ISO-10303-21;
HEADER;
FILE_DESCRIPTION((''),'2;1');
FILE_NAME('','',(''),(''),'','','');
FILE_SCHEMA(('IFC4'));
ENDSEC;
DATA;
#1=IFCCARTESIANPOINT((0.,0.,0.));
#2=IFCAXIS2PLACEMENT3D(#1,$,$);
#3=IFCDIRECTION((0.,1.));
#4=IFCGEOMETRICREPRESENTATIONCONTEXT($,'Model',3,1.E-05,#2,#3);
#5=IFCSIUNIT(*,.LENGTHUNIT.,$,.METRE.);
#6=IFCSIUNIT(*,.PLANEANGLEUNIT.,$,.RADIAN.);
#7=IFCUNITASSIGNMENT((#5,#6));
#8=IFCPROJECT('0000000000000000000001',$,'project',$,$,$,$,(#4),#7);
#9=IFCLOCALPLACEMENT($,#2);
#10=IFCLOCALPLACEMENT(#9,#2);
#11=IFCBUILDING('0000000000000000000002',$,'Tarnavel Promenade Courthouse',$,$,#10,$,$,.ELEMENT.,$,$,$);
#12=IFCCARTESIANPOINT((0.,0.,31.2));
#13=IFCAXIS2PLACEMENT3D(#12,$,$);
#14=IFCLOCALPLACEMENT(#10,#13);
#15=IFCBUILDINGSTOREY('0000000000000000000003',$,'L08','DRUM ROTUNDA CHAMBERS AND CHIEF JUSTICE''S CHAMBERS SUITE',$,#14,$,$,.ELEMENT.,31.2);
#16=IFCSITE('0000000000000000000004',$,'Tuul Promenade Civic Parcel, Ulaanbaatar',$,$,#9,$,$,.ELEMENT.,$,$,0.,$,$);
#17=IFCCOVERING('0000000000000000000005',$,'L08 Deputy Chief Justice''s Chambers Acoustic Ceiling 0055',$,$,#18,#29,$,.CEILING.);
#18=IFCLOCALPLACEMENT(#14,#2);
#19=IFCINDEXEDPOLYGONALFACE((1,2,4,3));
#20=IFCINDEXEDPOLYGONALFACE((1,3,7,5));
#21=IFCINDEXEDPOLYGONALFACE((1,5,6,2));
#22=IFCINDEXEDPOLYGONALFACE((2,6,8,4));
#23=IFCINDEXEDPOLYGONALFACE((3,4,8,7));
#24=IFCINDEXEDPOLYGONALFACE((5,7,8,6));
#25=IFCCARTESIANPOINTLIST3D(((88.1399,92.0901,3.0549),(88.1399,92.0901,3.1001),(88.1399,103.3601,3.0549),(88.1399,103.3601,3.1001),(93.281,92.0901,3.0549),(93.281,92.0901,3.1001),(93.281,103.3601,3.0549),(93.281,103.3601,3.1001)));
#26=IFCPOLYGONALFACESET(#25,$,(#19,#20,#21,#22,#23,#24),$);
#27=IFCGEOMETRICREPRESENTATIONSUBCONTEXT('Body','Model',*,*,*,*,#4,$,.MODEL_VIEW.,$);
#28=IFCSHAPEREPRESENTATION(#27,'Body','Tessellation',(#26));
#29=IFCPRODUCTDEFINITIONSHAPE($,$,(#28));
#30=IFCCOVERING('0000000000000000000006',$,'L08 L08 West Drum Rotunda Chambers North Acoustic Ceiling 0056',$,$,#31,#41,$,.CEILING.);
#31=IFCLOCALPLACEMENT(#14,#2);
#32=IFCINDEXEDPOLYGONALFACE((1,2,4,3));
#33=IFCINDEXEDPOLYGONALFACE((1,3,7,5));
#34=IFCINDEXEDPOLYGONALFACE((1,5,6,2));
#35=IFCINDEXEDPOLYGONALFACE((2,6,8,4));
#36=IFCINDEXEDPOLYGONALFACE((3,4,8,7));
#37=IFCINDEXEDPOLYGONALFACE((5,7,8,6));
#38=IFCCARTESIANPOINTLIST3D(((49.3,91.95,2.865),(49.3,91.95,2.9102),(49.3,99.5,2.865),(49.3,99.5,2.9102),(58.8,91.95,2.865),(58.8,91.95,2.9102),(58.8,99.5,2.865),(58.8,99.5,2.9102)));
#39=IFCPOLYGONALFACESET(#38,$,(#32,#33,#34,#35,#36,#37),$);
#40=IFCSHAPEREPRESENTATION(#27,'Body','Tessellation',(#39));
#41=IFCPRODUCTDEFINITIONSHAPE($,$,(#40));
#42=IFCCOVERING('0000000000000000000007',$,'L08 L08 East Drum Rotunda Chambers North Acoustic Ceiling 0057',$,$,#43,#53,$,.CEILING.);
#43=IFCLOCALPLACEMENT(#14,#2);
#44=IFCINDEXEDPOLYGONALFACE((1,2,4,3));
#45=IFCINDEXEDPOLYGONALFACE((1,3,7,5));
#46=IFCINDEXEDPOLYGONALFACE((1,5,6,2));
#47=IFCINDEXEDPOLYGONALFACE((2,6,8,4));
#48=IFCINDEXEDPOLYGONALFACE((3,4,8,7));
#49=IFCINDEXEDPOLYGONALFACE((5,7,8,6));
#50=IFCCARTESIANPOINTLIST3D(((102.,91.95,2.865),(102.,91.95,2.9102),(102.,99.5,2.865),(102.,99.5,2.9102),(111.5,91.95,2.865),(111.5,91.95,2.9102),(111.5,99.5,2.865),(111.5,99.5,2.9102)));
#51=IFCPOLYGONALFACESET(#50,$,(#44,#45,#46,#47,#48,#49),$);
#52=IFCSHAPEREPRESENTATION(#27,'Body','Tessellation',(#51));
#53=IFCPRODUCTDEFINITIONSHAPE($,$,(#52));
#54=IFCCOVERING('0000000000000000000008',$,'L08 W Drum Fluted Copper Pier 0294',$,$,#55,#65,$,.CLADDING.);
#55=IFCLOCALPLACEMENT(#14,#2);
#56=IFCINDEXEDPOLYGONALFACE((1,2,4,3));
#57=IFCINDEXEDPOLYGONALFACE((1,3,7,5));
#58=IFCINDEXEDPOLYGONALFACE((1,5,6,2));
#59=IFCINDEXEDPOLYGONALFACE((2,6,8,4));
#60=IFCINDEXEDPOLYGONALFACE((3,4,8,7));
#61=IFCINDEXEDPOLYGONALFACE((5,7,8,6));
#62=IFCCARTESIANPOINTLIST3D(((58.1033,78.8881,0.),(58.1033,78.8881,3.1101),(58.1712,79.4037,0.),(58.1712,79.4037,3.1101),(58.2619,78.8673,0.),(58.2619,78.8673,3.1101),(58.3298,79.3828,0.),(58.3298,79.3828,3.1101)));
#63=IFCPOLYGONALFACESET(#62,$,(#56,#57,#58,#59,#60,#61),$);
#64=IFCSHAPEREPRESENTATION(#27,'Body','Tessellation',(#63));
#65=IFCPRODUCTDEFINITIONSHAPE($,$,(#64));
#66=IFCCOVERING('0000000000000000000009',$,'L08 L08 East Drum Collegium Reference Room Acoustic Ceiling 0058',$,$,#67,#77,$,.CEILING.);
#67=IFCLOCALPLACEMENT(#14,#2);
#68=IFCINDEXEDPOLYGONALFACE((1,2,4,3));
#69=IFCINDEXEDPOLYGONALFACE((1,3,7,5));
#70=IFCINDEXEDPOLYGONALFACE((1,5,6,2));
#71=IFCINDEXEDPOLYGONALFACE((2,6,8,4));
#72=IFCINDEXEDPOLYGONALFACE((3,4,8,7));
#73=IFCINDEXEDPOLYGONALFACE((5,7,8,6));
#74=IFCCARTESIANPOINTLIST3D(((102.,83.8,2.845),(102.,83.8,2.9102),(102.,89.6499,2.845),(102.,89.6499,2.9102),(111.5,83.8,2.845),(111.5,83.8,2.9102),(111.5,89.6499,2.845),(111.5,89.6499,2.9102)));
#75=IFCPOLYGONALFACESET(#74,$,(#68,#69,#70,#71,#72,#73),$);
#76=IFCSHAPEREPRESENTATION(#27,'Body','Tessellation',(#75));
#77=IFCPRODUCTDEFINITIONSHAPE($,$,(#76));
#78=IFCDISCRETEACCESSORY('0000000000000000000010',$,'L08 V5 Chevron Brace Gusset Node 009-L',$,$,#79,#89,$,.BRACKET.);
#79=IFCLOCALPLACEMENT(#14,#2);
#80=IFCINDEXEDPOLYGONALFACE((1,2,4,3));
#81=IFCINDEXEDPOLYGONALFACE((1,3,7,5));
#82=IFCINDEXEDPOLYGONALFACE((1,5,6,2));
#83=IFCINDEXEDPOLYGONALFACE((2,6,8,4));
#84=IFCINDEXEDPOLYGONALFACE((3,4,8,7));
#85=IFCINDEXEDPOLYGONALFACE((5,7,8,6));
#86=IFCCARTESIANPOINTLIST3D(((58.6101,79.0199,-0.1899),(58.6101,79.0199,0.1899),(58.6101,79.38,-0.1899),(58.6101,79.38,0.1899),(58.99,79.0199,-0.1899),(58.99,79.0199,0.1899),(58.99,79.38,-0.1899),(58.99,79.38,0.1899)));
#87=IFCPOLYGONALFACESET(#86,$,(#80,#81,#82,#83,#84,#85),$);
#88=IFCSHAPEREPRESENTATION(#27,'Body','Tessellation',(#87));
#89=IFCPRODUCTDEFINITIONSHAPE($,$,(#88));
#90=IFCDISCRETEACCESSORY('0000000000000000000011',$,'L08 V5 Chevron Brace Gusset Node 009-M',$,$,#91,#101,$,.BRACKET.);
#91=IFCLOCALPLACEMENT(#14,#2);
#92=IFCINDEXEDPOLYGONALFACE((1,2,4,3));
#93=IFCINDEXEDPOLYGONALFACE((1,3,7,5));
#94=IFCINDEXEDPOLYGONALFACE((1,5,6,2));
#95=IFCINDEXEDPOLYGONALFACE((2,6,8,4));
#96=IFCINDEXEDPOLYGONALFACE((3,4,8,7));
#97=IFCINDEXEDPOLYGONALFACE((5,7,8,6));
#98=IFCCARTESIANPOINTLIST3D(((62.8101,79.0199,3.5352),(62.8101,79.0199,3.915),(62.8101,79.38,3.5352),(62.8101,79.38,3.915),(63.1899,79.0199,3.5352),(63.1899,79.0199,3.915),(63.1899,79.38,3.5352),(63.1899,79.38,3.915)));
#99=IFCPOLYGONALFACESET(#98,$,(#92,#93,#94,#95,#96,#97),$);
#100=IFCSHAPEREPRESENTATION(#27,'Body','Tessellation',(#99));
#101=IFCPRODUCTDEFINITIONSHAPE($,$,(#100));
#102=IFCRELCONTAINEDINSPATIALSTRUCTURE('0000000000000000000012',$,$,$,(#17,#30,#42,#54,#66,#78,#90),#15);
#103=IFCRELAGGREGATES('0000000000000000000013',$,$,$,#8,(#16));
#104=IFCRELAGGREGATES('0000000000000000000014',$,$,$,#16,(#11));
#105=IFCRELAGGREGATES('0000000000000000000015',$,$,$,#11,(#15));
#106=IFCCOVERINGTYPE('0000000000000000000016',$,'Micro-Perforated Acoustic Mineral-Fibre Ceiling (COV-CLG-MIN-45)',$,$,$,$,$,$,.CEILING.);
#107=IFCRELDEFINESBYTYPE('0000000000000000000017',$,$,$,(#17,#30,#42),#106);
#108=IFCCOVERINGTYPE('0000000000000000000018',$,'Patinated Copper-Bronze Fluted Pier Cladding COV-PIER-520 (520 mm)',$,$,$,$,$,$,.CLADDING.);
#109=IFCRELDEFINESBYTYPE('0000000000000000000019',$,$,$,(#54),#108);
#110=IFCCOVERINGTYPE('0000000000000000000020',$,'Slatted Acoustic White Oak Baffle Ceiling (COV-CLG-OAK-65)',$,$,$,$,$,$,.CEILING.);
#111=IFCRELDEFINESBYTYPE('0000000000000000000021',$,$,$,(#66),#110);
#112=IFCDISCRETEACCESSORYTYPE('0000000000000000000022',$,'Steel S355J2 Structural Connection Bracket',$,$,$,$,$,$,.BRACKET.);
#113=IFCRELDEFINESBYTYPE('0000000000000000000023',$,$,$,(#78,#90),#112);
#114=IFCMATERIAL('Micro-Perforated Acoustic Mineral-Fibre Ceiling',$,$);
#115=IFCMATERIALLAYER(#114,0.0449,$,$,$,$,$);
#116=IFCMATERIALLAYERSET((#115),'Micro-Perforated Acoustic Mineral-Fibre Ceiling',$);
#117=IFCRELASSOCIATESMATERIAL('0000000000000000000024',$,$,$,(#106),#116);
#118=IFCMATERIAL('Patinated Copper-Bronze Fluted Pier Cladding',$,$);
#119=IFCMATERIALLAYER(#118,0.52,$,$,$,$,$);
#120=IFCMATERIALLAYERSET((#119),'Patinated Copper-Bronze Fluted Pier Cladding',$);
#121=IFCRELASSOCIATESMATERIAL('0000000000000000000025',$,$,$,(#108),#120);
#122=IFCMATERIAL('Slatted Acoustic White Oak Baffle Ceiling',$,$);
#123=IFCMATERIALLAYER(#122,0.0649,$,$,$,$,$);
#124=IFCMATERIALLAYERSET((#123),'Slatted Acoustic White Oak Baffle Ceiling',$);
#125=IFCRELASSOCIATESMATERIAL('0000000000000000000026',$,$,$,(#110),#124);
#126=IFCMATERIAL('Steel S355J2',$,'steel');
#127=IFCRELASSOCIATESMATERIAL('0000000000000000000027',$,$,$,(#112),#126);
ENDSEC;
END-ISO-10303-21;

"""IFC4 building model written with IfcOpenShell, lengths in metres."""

from ifc_helpers import new_model, si_unit, direction, frame, origin, origin_2d, place, context, subcontext, project, spatial, polyline, rectangle, outline, extrude, material, layer, layer_set, type_object, element, save


model = new_model("IFC4")

# Units and contexts
model_context = context("Model", 3, precision=1e-05, world=origin(), true_north=direction((0.0, 1.0)))
body_context = subcontext(model_context, "Body", "Model", "MODEL_VIEW")
ifc_project = project(units=[si_unit("LENGTHUNIT", "METRE"), si_unit("PLANEANGLEUNIT", "RADIAN")], contexts=[model_context])

# Site, building, storey
site_placement = place(None, origin())
site = spatial("IfcSite", under=ifc_project, at=site_placement, Name="Tuul Promenade Civic Parcel, Ulaanbaatar", CompositionType="ELEMENT", RefElevation=0.0)
building_placement = place(site_placement, origin())
building = spatial("IfcBuilding", under=site, at=building_placement, Name="Tarnavel Promenade Courthouse", CompositionType="ELEMENT")
storey_placement = place(building_placement, frame((0.0, 0.0, 31.2)))
storey = spatial("IfcBuildingStorey", under=building, at=storey_placement, Name="L08", Description="DRUM ROTUNDA CHAMBERS AND CHIEF JUSTICE'S CHAMBERS SUITE", CompositionType="ELEMENT", Elevation=31.2)

# Shared definitions
ifc_material_1 = material(Name="Steel S355J2", Category="steel")

# Coverings
ifc_material_2 = material(Name="Micro-Perforated Acoustic Mineral-Fibre Ceiling")
ifc_layer_1 = layer(ifc_material_2, 0.0449)
ifc_layer_set_1 = layer_set([ifc_layer_1], Name="Micro-Perforated Acoustic Mineral-Fibre Ceiling")
covering_type_1 = type_object("IfcCoveringType", Name="Micro-Perforated Acoustic Mineral-Fibre Ceiling (COV-CLG-MIN-45)", PredefinedType="CEILING", material=ifc_layer_set_1)
covering_1_placement = place(storey_placement, frame((0.0, 0.0, 3.0549)))
element("IfcCovering", 1, at=covering_1_placement, inside=storey, type_object=covering_type_1, Name="L08 Deputy Chief Justice's Chambers Acoustic Ceiling 0055", PredefinedType="CEILING", context=body_context, shape_type="SweptSolid", body=[
    extrude(outline(polyline([(88.1399, 92.0901), (93.281, 92.0901), (93.281, 103.3601), (88.1399, 103.3601), (88.1399, 92.0901)])), origin(), (0.0, 0.0, 1.0), 0.0452),
])
covering_2_placement = place(storey_placement, frame((0.0, 0.0, 2.865)))
element("IfcCovering", 2, at=covering_2_placement, inside=storey, type_object=covering_type_1, Name="L08 L08 West Drum Rotunda Chambers North Acoustic Ceiling 0056", PredefinedType="CEILING", context=body_context, shape_type="SweptSolid", body=[
    extrude(outline(polyline([(49.3, 91.95), (58.8, 91.95), (58.8, 99.5), (49.3, 99.5), (49.3, 91.95)])), origin(), (0.0, 0.0, 1.0), 0.0452),
])
covering_3_placement = place(storey_placement, frame((0.0, 0.0, 2.865)))
element("IfcCovering", 3, at=covering_3_placement, inside=storey, type_object=covering_type_1, Name="L08 L08 East Drum Rotunda Chambers North Acoustic Ceiling 0057", PredefinedType="CEILING", context=body_context, shape_type="SweptSolid", body=[
    extrude(outline(polyline([(102.0, 91.95), (111.5, 91.95), (111.5, 99.5), (102.0, 99.5), (102.0, 91.95)])), origin(), (0.0, 0.0, 1.0), 0.0452),
])
ifc_material_3 = material(Name="Patinated Copper-Bronze Fluted Pier Cladding")
ifc_layer_2 = layer(ifc_material_3, 0.52)
ifc_layer_set_2 = layer_set([ifc_layer_2], Name="Patinated Copper-Bronze Fluted Pier Cladding")
covering_type_2 = type_object("IfcCoveringType", Name="Patinated Copper-Bronze Fluted Pier Cladding COV-PIER-520 (520 mm)", PredefinedType="CLADDING", material=ifc_layer_set_2)
covering_4_placement = place(storey_placement, frame((58.2166, 79.1355, 0.0), z_axis=(0.0, 0.0, 1.0), x_axis=(0.991445, -0.130526, 0.0)))
element("IfcCovering", 4, at=covering_4_placement, inside=storey, type_object=covering_type_2, Name="L08 W Drum Fluted Copper Pier 0294", PredefinedType="CLADDING", context=body_context, shape_type="SweptSolid", body=[
    extrude(rectangle(XDim=0.1599, YDim=0.52, at=origin_2d()), origin(), (0.0, 0.0, 1.0), 3.1101),
])
ifc_material_4 = material(Name="Slatted Acoustic White Oak Baffle Ceiling")
ifc_layer_3 = layer(ifc_material_4, 0.0649)
ifc_layer_set_3 = layer_set([ifc_layer_3], Name="Slatted Acoustic White Oak Baffle Ceiling")
covering_type_3 = type_object("IfcCoveringType", Name="Slatted Acoustic White Oak Baffle Ceiling (COV-CLG-OAK-65)", PredefinedType="CEILING", material=ifc_layer_set_3)
covering_5_placement = place(storey_placement, frame((0.0, 0.0, 2.845)))
element("IfcCovering", 5, at=covering_5_placement, inside=storey, type_object=covering_type_3, Name="L08 L08 East Drum Collegium Reference Room Acoustic Ceiling 0058", PredefinedType="CEILING", context=body_context, shape_type="SweptSolid", body=[
    extrude(outline(polyline([(102.0, 83.8), (111.5, 83.8), (111.5, 89.6499), (102.0, 89.6499), (102.0, 83.8)])), origin(), (0.0, 0.0, 1.0), 0.0652),
])

# Discrete accessories
discrete_accessory_type = type_object("IfcDiscreteAccessoryType", Name="Steel S355J2 Structural Connection Bracket", PredefinedType="BRACKET", material=ifc_material_1)
for number, where, z_axis, x_axis, name in (
    (6, (58.8, 79.2, -0.1899), (0.0, 0.0, 1.0), (1.0, 0.0, 0.0), "L08 V5 Chevron Brace Gusset Node 009-L"),
    (7, (63.0, 79.2, 3.5352), (0.0, 0.0, 1.0), (1.0, 0.0, 0.0), "L08 V5 Chevron Brace Gusset Node 009-M"),
):
    element("IfcDiscreteAccessory", number, at=place(storey_placement, frame(where, z_axis=z_axis, x_axis=x_axis)), inside=storey, type_object=discrete_accessory_type, Name=name, PredefinedType="BRACKET", context=body_context, shape_type="SweptSolid", body=[
        extrude(rectangle(XDim=0.3799, YDim=0.3601, at=origin_2d()), origin(), (0.0, 0.0, 1.0), 0.3799),
    ])

save(model, "model.ifc")
